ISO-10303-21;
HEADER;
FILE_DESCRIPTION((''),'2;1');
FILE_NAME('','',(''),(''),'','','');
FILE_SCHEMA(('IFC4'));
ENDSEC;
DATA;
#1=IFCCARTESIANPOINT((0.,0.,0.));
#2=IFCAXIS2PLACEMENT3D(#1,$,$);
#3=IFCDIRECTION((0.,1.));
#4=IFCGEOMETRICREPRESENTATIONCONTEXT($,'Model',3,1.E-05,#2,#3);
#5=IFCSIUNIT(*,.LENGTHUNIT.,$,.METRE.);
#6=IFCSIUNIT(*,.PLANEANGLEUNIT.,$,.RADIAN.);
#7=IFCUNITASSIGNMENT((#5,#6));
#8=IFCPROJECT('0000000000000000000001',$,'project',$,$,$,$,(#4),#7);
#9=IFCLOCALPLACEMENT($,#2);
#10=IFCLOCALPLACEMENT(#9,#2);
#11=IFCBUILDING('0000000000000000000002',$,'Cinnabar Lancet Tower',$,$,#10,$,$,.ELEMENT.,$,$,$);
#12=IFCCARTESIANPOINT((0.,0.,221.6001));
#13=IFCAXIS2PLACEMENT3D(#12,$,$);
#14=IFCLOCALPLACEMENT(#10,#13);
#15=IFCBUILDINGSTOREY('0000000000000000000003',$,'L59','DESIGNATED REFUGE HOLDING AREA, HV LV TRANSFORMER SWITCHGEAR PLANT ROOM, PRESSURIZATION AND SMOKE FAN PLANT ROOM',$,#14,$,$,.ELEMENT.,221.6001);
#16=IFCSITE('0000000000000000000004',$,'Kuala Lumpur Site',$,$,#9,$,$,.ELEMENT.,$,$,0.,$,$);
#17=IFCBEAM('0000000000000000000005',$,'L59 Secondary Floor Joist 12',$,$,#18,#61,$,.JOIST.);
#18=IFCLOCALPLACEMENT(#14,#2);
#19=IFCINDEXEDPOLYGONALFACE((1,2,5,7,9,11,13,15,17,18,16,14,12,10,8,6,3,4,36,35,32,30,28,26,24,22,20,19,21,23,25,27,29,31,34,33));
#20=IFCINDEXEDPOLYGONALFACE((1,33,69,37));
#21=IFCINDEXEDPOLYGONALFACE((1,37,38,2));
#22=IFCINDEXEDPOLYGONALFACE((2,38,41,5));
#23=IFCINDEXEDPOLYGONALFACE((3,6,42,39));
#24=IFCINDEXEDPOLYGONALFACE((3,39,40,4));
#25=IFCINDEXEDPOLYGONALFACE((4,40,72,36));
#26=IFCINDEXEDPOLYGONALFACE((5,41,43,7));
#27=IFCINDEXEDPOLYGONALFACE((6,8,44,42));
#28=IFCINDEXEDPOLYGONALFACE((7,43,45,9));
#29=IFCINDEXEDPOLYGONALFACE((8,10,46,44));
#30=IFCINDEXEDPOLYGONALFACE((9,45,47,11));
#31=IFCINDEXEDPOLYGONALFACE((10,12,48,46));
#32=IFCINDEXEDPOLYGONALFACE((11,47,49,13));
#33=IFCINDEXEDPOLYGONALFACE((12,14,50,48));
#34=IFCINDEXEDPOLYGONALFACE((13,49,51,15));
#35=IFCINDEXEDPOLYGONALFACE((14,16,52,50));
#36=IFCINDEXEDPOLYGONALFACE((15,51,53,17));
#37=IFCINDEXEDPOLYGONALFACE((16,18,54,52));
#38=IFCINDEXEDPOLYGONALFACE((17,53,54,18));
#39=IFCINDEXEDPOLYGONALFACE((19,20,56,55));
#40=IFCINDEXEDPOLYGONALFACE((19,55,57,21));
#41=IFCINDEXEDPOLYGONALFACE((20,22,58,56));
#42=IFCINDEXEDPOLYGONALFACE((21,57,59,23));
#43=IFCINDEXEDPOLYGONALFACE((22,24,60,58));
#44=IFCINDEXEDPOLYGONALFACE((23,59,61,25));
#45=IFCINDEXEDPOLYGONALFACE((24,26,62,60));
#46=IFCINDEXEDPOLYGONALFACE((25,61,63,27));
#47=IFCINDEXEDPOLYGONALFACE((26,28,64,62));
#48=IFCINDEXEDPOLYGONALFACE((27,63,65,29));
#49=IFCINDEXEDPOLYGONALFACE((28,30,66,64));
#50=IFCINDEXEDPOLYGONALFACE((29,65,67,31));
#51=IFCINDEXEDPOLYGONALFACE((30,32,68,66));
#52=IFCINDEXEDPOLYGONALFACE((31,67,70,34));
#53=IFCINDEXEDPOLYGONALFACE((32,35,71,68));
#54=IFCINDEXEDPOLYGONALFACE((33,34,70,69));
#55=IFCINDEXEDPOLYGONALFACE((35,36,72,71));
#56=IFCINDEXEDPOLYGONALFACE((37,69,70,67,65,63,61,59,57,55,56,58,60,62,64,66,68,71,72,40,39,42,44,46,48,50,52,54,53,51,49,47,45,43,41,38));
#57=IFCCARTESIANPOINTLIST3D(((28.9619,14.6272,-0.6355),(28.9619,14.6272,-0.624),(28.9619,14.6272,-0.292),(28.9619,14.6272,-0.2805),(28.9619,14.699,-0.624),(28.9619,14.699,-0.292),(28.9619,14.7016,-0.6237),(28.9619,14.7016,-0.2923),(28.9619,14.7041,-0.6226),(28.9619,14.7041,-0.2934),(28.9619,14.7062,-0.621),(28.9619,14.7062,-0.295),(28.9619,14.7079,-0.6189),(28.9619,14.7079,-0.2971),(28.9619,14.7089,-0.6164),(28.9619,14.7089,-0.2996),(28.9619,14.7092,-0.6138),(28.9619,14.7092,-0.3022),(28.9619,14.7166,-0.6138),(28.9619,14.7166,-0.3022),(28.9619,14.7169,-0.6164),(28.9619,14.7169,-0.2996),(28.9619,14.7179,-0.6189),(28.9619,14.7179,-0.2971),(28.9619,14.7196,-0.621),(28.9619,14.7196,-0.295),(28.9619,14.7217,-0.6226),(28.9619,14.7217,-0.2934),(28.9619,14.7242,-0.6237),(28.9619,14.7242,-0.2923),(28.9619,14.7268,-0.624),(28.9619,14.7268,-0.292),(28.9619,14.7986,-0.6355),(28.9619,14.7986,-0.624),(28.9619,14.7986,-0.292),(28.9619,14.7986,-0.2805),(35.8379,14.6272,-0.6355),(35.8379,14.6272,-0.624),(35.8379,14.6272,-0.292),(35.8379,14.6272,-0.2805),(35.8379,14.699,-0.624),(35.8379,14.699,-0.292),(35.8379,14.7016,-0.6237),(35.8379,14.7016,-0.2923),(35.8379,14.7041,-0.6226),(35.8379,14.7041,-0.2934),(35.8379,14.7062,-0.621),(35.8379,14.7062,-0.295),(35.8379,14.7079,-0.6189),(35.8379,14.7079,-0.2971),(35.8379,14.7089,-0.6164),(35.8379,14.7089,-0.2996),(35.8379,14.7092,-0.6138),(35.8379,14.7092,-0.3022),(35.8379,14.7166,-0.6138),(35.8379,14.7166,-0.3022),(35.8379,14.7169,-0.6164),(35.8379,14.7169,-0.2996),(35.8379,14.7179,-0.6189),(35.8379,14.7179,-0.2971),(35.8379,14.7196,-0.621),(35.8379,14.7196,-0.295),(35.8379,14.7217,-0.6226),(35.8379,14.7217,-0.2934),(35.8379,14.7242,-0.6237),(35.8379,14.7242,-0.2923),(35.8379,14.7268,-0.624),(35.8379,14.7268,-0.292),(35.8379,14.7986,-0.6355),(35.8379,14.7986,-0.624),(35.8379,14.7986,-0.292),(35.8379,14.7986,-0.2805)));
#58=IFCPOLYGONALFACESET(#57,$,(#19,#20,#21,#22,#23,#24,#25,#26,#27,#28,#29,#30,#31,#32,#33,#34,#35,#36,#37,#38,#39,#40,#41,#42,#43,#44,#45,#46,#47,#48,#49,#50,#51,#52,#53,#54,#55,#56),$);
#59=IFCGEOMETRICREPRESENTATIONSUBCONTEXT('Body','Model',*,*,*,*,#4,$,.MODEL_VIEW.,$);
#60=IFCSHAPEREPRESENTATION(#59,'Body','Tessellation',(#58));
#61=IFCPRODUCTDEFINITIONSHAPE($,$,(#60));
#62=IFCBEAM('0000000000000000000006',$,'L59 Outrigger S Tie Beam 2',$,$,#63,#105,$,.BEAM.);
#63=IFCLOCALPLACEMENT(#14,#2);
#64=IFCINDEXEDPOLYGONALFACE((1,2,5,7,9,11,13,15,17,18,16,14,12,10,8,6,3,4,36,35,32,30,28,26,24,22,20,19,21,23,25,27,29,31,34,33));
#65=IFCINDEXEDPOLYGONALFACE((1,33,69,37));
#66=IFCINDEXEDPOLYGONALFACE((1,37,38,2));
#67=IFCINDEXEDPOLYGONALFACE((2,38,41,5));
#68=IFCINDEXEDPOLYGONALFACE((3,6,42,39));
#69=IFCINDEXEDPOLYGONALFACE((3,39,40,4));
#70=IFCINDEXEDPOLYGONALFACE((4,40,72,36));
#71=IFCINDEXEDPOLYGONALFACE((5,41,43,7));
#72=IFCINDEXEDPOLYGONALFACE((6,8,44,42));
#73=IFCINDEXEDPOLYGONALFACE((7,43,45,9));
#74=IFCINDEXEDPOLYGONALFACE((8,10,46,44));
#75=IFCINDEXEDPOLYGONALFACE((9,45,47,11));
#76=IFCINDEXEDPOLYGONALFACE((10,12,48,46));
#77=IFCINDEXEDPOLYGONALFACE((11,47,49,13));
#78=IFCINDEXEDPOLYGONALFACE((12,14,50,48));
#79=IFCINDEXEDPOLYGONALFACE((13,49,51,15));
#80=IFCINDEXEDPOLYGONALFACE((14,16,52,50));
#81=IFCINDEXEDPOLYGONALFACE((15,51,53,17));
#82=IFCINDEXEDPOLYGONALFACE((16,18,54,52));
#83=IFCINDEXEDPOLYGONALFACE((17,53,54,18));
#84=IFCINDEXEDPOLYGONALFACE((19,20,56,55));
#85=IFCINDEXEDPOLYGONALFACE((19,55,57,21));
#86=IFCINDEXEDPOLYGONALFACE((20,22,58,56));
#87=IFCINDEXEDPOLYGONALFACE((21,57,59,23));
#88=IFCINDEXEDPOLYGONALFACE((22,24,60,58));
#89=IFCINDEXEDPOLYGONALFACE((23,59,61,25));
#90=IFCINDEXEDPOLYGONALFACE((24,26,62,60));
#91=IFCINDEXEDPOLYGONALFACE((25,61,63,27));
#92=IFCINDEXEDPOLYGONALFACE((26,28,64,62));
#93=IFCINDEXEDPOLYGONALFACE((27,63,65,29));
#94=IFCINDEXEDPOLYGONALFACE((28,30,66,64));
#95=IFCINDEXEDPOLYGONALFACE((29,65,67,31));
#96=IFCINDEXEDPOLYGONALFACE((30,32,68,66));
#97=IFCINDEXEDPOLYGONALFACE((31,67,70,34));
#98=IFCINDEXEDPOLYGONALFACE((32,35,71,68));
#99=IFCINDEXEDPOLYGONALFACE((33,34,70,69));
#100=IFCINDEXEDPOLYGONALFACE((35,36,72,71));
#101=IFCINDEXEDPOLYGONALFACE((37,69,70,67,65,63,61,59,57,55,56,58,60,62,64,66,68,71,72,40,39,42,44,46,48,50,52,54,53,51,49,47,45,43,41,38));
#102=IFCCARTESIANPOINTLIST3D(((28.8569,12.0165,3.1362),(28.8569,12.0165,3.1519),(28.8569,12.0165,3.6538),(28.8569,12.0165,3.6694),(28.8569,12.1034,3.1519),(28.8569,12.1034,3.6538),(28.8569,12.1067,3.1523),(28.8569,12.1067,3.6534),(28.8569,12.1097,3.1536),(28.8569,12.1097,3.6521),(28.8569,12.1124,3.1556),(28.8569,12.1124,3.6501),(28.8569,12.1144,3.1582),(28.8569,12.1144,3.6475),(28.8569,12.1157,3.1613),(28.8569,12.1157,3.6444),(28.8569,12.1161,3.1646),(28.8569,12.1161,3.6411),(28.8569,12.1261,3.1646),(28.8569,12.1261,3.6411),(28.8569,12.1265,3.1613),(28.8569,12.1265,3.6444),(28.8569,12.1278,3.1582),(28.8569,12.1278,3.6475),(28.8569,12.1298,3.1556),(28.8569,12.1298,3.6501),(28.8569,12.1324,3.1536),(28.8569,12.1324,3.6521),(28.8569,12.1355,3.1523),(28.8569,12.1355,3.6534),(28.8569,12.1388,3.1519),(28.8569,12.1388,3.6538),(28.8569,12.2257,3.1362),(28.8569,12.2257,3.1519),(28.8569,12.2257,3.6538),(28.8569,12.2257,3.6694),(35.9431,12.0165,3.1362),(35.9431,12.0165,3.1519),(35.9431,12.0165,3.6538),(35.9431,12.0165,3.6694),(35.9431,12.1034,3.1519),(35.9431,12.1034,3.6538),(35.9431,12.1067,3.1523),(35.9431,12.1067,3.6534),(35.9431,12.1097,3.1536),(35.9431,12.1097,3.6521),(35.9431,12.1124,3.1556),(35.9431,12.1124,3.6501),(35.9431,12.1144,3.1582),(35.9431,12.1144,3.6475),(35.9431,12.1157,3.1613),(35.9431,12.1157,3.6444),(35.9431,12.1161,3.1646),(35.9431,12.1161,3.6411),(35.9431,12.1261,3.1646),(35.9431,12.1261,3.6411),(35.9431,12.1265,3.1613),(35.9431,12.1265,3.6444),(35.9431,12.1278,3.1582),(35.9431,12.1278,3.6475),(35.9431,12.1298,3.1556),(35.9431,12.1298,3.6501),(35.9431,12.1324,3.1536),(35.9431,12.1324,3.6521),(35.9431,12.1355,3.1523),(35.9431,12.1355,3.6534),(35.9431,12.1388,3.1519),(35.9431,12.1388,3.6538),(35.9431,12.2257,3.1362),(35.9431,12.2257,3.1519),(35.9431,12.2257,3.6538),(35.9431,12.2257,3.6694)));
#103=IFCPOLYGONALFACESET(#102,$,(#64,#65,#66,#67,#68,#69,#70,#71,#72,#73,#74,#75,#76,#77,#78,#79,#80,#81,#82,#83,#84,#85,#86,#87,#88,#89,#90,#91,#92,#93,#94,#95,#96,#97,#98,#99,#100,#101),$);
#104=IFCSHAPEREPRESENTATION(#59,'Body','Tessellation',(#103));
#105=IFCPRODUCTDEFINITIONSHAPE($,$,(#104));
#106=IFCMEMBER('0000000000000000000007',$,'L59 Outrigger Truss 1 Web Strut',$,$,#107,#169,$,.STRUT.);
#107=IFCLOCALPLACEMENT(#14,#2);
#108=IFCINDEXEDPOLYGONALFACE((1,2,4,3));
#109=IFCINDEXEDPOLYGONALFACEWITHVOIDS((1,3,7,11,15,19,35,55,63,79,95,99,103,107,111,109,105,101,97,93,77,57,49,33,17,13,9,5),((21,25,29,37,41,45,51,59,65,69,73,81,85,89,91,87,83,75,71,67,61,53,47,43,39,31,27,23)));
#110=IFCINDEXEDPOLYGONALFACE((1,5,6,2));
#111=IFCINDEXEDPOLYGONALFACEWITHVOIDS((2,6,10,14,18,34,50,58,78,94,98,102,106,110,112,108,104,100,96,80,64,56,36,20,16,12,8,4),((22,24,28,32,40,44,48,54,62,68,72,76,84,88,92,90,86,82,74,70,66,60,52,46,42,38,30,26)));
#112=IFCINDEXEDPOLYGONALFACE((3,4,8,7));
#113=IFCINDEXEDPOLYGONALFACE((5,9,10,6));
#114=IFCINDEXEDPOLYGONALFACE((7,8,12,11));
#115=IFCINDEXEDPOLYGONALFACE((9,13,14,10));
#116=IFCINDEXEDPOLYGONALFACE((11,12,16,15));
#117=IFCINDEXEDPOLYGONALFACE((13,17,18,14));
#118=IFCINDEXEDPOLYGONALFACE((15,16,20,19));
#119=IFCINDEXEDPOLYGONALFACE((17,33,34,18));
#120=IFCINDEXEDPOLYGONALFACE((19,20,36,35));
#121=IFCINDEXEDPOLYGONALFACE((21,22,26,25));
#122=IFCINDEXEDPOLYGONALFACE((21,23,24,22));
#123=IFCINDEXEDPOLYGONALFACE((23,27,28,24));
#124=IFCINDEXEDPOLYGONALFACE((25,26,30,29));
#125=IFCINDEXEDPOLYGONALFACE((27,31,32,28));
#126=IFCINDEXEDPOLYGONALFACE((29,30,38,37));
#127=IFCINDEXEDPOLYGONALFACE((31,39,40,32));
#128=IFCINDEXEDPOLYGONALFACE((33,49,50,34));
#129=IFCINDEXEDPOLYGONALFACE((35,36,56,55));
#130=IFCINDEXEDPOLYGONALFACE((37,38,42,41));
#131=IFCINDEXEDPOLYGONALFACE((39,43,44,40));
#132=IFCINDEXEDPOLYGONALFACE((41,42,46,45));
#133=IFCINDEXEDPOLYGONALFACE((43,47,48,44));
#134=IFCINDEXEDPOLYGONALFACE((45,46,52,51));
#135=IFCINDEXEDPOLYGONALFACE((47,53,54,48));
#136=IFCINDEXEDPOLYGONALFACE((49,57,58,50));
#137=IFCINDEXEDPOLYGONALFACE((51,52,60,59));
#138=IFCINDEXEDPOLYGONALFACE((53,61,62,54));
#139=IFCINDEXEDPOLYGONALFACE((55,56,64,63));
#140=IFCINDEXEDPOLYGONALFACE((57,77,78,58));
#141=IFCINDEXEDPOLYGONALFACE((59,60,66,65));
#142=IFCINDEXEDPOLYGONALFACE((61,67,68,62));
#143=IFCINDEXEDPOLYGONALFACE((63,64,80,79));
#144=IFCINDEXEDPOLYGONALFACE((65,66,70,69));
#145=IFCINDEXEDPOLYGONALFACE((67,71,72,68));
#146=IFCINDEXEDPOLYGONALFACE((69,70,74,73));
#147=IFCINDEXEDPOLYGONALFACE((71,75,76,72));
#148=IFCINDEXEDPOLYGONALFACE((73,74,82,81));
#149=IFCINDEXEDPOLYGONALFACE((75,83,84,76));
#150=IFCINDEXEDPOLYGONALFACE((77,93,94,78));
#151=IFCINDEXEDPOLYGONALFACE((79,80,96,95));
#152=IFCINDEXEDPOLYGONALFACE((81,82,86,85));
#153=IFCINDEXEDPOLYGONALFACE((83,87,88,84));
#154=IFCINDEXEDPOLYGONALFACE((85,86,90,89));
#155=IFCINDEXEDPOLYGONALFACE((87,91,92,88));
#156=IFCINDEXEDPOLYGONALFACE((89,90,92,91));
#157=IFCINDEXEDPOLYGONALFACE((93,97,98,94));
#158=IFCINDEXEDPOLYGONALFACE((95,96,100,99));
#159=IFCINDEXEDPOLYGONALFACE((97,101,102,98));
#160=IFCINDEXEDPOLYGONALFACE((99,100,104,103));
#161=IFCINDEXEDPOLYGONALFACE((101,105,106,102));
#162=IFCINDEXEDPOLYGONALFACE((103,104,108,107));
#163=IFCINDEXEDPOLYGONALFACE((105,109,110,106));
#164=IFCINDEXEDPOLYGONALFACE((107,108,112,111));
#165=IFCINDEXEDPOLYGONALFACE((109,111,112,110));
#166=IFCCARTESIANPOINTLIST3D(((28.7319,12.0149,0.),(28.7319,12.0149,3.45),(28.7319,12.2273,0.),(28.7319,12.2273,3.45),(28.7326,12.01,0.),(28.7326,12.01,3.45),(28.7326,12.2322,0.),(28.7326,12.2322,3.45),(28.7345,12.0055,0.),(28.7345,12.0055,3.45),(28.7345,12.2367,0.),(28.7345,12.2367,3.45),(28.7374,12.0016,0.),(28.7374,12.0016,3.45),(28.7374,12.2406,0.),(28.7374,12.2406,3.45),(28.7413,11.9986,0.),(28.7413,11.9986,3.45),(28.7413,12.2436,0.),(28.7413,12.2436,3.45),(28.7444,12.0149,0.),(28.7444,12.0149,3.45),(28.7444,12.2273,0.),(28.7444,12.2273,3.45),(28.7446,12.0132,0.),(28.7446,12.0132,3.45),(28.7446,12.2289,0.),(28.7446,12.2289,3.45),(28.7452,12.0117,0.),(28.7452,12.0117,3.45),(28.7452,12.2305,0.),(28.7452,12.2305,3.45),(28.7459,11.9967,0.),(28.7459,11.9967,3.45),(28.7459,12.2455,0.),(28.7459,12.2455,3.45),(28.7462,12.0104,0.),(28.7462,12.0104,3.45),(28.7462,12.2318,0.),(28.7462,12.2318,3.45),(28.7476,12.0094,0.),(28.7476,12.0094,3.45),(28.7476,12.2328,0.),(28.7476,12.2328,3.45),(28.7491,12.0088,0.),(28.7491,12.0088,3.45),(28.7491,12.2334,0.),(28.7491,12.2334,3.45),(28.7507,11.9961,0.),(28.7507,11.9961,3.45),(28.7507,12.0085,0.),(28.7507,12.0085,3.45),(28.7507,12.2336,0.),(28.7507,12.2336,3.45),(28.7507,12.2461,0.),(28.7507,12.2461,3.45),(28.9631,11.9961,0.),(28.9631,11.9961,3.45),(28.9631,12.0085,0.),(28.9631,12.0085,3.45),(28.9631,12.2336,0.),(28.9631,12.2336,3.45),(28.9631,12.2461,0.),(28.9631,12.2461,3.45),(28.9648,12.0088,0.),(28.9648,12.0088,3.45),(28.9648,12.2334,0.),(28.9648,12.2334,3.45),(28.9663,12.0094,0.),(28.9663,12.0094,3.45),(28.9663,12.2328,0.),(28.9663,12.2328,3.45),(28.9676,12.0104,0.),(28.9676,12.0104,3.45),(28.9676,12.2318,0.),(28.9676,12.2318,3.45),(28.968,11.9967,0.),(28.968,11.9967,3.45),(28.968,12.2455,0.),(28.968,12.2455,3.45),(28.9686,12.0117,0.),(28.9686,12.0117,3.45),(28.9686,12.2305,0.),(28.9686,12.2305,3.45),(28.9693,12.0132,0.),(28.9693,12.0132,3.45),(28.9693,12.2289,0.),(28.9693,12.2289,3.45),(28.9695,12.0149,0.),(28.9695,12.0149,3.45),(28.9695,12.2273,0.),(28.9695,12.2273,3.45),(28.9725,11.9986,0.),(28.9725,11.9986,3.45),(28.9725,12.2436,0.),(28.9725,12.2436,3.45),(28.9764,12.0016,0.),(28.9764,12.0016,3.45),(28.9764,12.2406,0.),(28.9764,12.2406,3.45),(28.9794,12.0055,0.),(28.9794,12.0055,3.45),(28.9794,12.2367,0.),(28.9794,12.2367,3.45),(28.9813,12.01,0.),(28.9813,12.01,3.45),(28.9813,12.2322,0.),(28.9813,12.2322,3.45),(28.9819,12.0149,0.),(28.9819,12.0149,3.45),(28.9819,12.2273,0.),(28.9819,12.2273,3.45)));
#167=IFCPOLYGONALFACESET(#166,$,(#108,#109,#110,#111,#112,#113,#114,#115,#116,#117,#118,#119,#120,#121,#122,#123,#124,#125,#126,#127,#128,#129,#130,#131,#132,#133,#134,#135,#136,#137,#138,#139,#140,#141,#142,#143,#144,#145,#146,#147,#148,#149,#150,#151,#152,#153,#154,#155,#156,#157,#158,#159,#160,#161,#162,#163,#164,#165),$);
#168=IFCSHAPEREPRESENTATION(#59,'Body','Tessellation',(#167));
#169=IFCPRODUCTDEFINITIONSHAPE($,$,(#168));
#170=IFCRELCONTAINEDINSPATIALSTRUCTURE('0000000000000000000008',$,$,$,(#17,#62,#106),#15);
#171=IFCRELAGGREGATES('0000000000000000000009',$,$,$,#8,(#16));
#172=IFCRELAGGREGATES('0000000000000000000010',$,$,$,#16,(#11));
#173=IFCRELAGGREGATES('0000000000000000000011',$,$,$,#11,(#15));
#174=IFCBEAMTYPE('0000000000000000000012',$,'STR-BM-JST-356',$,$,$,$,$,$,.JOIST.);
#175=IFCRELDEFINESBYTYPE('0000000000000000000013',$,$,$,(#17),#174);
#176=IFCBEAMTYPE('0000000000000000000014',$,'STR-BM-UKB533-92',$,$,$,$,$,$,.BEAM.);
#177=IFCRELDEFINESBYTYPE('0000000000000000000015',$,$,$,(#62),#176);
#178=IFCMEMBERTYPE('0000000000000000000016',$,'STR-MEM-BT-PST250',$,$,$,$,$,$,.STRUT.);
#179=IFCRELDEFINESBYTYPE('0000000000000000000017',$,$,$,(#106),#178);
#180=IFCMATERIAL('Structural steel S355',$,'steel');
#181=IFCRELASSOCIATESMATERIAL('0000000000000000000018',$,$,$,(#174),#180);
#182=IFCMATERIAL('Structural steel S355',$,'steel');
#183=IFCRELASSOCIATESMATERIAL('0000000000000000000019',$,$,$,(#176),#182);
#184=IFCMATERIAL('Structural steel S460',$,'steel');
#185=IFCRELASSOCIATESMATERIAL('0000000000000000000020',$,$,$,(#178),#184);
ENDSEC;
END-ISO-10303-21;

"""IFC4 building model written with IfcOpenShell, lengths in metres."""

from ifc_helpers import new_model, si_unit, direction, frame, origin, origin_2d, place, context, subcontext, project, spatial, hollow_rectangle, i_section, extrude, material, material_profile, profile_set, type_object, element, save


model = new_model("IFC4")

# Units and contexts
model_context = context("Model", 3, precision=1e-05, world=origin(), true_north=direction((0.0, 1.0)))
body_context = subcontext(model_context, "Body", "Model", "MODEL_VIEW")
ifc_project = project(units=[si_unit("LENGTHUNIT", "METRE"), si_unit("PLANEANGLEUNIT", "RADIAN")], contexts=[model_context])

# Site, building, storey
site_placement = place(None, origin())
site = spatial("IfcSite", under=ifc_project, at=site_placement, Name="Kuala Lumpur Site", CompositionType="ELEMENT", RefElevation=0.0)
building_placement = place(site_placement, origin())
building = spatial("IfcBuilding", under=site, at=building_placement, Name="Cinnabar Lancet Tower", CompositionType="ELEMENT")
storey_placement = place(building_placement, frame((0.0, 0.0, 221.6001)))
storey = spatial("IfcBuildingStorey", under=building, at=storey_placement, Name="L59", Description="DESIGNATED REFUGE HOLDING AREA, HV LV TRANSFORMER SWITCHGEAR PLANT ROOM, PRESSURIZATION AND SMOKE FAN PLANT ROOM", CompositionType="ELEMENT", Elevation=221.6001)

# Beams
ifc_material_1 = material(Name="Structural steel S355", Category="steel")
ifc_material_profile_1 = material_profile(ifc_material_1, i_section(OverallWidth=0.1714, OverallDepth=0.355, WebThickness=0.0073, FlangeThickness=0.0115, FilletRadius=0.0103, at=origin_2d()), Name="UKB 356x171x51")
ifc_profile_set_1 = profile_set([ifc_material_profile_1], Name="Structural steel S355")
beam_type_1 = type_object("IfcBeamType", Name="STR-BM-JST-356", PredefinedType="JOIST", material=ifc_profile_set_1)
beam_1_placement = place(storey_placement, frame((28.9619, 14.7129, -0.458), z_axis=(1.0, 0.0, 0.0), x_axis=(0.0, 1.0, 0.0)))
element("IfcBeam", 1, at=beam_1_placement, inside=storey, type_object=beam_type_1, Name="L59 Secondary Floor Joist 12", PredefinedType="JOIST", context=body_context, shape_type="SweptSolid", body=[
    extrude(i_section(OverallWidth=0.1714, OverallDepth=0.355, WebThickness=0.0073, FlangeThickness=0.0115, FilletRadius=0.0103, at=origin_2d()), origin(), (0.0, 0.0, 1.0), 6.876),
])
ifc_material_2 = material(Name="Structural steel S355", Category="steel")
ifc_material_profile_2 = material_profile(ifc_material_2, i_section(OverallWidth=0.2092, OverallDepth=0.5332, WebThickness=0.01, FlangeThickness=0.0156, FilletRadius=0.0127, at=origin_2d()), Name="UKB 533x210x92")
ifc_profile_set_2 = profile_set([ifc_material_profile_2], Name="Structural steel S355")
beam_type_2 = type_object("IfcBeamType", Name="STR-BM-UKB533-92", PredefinedType="BEAM", material=ifc_profile_set_2)
beam_2_placement = place(storey_placement, frame((28.8569, 12.1211, 3.4028), z_axis=(1.0, 0.0, 0.0), x_axis=(0.0, 1.0, 0.0)))
element("IfcBeam", 2, at=beam_2_placement, inside=storey, type_object=beam_type_2, Name="L59 Outrigger S Tie Beam 2", PredefinedType="BEAM", context=body_context, shape_type="SweptSolid", body=[
    extrude(i_section(OverallWidth=0.2092, OverallDepth=0.5332, WebThickness=0.01, FlangeThickness=0.0156, FilletRadius=0.0127, at=origin_2d()), origin(), (0.0, 0.0, 1.0), 7.0862),
])

# Member
ifc_material_3 = material(Name="Structural steel S460", Category="steel")
ifc_material_profile_3 = material_profile(ifc_material_3, hollow_rectangle(XDim=0.25, YDim=0.25, WallThickness=0.0125, InnerFilletRadius=0.0063, OuterFilletRadius=0.0188, at=origin_2d()), Name="SHS 250x250x12.5")
ifc_profile_set_3 = profile_set([ifc_material_profile_3], Name="Structural steel S460")
member_type_1 = type_object("IfcMemberType", Name="STR-MEM-BT-PST250", PredefinedType="STRUT", material=ifc_profile_set_3)
member_1_placement = place(storey_placement, frame((28.8569, 12.1211, 0.0), z_axis=(0.0, 0.0, 1.0), x_axis=(1.0, 0.0, 0.0)))
element("IfcMember", 3, at=member_1_placement, inside=storey, type_object=member_type_1, Name="L59 Outrigger Truss 1 Web Strut", PredefinedType="STRUT", context=body_context, shape_type="SweptSolid", body=[
    extrude(hollow_rectangle(XDim=0.25, YDim=0.25, WallThickness=0.0125, InnerFilletRadius=0.0063, OuterFilletRadius=0.0188, at=origin_2d()), origin(), (0.0, 0.0, 1.0), 3.45),
])

save(model, "model.ifc")
